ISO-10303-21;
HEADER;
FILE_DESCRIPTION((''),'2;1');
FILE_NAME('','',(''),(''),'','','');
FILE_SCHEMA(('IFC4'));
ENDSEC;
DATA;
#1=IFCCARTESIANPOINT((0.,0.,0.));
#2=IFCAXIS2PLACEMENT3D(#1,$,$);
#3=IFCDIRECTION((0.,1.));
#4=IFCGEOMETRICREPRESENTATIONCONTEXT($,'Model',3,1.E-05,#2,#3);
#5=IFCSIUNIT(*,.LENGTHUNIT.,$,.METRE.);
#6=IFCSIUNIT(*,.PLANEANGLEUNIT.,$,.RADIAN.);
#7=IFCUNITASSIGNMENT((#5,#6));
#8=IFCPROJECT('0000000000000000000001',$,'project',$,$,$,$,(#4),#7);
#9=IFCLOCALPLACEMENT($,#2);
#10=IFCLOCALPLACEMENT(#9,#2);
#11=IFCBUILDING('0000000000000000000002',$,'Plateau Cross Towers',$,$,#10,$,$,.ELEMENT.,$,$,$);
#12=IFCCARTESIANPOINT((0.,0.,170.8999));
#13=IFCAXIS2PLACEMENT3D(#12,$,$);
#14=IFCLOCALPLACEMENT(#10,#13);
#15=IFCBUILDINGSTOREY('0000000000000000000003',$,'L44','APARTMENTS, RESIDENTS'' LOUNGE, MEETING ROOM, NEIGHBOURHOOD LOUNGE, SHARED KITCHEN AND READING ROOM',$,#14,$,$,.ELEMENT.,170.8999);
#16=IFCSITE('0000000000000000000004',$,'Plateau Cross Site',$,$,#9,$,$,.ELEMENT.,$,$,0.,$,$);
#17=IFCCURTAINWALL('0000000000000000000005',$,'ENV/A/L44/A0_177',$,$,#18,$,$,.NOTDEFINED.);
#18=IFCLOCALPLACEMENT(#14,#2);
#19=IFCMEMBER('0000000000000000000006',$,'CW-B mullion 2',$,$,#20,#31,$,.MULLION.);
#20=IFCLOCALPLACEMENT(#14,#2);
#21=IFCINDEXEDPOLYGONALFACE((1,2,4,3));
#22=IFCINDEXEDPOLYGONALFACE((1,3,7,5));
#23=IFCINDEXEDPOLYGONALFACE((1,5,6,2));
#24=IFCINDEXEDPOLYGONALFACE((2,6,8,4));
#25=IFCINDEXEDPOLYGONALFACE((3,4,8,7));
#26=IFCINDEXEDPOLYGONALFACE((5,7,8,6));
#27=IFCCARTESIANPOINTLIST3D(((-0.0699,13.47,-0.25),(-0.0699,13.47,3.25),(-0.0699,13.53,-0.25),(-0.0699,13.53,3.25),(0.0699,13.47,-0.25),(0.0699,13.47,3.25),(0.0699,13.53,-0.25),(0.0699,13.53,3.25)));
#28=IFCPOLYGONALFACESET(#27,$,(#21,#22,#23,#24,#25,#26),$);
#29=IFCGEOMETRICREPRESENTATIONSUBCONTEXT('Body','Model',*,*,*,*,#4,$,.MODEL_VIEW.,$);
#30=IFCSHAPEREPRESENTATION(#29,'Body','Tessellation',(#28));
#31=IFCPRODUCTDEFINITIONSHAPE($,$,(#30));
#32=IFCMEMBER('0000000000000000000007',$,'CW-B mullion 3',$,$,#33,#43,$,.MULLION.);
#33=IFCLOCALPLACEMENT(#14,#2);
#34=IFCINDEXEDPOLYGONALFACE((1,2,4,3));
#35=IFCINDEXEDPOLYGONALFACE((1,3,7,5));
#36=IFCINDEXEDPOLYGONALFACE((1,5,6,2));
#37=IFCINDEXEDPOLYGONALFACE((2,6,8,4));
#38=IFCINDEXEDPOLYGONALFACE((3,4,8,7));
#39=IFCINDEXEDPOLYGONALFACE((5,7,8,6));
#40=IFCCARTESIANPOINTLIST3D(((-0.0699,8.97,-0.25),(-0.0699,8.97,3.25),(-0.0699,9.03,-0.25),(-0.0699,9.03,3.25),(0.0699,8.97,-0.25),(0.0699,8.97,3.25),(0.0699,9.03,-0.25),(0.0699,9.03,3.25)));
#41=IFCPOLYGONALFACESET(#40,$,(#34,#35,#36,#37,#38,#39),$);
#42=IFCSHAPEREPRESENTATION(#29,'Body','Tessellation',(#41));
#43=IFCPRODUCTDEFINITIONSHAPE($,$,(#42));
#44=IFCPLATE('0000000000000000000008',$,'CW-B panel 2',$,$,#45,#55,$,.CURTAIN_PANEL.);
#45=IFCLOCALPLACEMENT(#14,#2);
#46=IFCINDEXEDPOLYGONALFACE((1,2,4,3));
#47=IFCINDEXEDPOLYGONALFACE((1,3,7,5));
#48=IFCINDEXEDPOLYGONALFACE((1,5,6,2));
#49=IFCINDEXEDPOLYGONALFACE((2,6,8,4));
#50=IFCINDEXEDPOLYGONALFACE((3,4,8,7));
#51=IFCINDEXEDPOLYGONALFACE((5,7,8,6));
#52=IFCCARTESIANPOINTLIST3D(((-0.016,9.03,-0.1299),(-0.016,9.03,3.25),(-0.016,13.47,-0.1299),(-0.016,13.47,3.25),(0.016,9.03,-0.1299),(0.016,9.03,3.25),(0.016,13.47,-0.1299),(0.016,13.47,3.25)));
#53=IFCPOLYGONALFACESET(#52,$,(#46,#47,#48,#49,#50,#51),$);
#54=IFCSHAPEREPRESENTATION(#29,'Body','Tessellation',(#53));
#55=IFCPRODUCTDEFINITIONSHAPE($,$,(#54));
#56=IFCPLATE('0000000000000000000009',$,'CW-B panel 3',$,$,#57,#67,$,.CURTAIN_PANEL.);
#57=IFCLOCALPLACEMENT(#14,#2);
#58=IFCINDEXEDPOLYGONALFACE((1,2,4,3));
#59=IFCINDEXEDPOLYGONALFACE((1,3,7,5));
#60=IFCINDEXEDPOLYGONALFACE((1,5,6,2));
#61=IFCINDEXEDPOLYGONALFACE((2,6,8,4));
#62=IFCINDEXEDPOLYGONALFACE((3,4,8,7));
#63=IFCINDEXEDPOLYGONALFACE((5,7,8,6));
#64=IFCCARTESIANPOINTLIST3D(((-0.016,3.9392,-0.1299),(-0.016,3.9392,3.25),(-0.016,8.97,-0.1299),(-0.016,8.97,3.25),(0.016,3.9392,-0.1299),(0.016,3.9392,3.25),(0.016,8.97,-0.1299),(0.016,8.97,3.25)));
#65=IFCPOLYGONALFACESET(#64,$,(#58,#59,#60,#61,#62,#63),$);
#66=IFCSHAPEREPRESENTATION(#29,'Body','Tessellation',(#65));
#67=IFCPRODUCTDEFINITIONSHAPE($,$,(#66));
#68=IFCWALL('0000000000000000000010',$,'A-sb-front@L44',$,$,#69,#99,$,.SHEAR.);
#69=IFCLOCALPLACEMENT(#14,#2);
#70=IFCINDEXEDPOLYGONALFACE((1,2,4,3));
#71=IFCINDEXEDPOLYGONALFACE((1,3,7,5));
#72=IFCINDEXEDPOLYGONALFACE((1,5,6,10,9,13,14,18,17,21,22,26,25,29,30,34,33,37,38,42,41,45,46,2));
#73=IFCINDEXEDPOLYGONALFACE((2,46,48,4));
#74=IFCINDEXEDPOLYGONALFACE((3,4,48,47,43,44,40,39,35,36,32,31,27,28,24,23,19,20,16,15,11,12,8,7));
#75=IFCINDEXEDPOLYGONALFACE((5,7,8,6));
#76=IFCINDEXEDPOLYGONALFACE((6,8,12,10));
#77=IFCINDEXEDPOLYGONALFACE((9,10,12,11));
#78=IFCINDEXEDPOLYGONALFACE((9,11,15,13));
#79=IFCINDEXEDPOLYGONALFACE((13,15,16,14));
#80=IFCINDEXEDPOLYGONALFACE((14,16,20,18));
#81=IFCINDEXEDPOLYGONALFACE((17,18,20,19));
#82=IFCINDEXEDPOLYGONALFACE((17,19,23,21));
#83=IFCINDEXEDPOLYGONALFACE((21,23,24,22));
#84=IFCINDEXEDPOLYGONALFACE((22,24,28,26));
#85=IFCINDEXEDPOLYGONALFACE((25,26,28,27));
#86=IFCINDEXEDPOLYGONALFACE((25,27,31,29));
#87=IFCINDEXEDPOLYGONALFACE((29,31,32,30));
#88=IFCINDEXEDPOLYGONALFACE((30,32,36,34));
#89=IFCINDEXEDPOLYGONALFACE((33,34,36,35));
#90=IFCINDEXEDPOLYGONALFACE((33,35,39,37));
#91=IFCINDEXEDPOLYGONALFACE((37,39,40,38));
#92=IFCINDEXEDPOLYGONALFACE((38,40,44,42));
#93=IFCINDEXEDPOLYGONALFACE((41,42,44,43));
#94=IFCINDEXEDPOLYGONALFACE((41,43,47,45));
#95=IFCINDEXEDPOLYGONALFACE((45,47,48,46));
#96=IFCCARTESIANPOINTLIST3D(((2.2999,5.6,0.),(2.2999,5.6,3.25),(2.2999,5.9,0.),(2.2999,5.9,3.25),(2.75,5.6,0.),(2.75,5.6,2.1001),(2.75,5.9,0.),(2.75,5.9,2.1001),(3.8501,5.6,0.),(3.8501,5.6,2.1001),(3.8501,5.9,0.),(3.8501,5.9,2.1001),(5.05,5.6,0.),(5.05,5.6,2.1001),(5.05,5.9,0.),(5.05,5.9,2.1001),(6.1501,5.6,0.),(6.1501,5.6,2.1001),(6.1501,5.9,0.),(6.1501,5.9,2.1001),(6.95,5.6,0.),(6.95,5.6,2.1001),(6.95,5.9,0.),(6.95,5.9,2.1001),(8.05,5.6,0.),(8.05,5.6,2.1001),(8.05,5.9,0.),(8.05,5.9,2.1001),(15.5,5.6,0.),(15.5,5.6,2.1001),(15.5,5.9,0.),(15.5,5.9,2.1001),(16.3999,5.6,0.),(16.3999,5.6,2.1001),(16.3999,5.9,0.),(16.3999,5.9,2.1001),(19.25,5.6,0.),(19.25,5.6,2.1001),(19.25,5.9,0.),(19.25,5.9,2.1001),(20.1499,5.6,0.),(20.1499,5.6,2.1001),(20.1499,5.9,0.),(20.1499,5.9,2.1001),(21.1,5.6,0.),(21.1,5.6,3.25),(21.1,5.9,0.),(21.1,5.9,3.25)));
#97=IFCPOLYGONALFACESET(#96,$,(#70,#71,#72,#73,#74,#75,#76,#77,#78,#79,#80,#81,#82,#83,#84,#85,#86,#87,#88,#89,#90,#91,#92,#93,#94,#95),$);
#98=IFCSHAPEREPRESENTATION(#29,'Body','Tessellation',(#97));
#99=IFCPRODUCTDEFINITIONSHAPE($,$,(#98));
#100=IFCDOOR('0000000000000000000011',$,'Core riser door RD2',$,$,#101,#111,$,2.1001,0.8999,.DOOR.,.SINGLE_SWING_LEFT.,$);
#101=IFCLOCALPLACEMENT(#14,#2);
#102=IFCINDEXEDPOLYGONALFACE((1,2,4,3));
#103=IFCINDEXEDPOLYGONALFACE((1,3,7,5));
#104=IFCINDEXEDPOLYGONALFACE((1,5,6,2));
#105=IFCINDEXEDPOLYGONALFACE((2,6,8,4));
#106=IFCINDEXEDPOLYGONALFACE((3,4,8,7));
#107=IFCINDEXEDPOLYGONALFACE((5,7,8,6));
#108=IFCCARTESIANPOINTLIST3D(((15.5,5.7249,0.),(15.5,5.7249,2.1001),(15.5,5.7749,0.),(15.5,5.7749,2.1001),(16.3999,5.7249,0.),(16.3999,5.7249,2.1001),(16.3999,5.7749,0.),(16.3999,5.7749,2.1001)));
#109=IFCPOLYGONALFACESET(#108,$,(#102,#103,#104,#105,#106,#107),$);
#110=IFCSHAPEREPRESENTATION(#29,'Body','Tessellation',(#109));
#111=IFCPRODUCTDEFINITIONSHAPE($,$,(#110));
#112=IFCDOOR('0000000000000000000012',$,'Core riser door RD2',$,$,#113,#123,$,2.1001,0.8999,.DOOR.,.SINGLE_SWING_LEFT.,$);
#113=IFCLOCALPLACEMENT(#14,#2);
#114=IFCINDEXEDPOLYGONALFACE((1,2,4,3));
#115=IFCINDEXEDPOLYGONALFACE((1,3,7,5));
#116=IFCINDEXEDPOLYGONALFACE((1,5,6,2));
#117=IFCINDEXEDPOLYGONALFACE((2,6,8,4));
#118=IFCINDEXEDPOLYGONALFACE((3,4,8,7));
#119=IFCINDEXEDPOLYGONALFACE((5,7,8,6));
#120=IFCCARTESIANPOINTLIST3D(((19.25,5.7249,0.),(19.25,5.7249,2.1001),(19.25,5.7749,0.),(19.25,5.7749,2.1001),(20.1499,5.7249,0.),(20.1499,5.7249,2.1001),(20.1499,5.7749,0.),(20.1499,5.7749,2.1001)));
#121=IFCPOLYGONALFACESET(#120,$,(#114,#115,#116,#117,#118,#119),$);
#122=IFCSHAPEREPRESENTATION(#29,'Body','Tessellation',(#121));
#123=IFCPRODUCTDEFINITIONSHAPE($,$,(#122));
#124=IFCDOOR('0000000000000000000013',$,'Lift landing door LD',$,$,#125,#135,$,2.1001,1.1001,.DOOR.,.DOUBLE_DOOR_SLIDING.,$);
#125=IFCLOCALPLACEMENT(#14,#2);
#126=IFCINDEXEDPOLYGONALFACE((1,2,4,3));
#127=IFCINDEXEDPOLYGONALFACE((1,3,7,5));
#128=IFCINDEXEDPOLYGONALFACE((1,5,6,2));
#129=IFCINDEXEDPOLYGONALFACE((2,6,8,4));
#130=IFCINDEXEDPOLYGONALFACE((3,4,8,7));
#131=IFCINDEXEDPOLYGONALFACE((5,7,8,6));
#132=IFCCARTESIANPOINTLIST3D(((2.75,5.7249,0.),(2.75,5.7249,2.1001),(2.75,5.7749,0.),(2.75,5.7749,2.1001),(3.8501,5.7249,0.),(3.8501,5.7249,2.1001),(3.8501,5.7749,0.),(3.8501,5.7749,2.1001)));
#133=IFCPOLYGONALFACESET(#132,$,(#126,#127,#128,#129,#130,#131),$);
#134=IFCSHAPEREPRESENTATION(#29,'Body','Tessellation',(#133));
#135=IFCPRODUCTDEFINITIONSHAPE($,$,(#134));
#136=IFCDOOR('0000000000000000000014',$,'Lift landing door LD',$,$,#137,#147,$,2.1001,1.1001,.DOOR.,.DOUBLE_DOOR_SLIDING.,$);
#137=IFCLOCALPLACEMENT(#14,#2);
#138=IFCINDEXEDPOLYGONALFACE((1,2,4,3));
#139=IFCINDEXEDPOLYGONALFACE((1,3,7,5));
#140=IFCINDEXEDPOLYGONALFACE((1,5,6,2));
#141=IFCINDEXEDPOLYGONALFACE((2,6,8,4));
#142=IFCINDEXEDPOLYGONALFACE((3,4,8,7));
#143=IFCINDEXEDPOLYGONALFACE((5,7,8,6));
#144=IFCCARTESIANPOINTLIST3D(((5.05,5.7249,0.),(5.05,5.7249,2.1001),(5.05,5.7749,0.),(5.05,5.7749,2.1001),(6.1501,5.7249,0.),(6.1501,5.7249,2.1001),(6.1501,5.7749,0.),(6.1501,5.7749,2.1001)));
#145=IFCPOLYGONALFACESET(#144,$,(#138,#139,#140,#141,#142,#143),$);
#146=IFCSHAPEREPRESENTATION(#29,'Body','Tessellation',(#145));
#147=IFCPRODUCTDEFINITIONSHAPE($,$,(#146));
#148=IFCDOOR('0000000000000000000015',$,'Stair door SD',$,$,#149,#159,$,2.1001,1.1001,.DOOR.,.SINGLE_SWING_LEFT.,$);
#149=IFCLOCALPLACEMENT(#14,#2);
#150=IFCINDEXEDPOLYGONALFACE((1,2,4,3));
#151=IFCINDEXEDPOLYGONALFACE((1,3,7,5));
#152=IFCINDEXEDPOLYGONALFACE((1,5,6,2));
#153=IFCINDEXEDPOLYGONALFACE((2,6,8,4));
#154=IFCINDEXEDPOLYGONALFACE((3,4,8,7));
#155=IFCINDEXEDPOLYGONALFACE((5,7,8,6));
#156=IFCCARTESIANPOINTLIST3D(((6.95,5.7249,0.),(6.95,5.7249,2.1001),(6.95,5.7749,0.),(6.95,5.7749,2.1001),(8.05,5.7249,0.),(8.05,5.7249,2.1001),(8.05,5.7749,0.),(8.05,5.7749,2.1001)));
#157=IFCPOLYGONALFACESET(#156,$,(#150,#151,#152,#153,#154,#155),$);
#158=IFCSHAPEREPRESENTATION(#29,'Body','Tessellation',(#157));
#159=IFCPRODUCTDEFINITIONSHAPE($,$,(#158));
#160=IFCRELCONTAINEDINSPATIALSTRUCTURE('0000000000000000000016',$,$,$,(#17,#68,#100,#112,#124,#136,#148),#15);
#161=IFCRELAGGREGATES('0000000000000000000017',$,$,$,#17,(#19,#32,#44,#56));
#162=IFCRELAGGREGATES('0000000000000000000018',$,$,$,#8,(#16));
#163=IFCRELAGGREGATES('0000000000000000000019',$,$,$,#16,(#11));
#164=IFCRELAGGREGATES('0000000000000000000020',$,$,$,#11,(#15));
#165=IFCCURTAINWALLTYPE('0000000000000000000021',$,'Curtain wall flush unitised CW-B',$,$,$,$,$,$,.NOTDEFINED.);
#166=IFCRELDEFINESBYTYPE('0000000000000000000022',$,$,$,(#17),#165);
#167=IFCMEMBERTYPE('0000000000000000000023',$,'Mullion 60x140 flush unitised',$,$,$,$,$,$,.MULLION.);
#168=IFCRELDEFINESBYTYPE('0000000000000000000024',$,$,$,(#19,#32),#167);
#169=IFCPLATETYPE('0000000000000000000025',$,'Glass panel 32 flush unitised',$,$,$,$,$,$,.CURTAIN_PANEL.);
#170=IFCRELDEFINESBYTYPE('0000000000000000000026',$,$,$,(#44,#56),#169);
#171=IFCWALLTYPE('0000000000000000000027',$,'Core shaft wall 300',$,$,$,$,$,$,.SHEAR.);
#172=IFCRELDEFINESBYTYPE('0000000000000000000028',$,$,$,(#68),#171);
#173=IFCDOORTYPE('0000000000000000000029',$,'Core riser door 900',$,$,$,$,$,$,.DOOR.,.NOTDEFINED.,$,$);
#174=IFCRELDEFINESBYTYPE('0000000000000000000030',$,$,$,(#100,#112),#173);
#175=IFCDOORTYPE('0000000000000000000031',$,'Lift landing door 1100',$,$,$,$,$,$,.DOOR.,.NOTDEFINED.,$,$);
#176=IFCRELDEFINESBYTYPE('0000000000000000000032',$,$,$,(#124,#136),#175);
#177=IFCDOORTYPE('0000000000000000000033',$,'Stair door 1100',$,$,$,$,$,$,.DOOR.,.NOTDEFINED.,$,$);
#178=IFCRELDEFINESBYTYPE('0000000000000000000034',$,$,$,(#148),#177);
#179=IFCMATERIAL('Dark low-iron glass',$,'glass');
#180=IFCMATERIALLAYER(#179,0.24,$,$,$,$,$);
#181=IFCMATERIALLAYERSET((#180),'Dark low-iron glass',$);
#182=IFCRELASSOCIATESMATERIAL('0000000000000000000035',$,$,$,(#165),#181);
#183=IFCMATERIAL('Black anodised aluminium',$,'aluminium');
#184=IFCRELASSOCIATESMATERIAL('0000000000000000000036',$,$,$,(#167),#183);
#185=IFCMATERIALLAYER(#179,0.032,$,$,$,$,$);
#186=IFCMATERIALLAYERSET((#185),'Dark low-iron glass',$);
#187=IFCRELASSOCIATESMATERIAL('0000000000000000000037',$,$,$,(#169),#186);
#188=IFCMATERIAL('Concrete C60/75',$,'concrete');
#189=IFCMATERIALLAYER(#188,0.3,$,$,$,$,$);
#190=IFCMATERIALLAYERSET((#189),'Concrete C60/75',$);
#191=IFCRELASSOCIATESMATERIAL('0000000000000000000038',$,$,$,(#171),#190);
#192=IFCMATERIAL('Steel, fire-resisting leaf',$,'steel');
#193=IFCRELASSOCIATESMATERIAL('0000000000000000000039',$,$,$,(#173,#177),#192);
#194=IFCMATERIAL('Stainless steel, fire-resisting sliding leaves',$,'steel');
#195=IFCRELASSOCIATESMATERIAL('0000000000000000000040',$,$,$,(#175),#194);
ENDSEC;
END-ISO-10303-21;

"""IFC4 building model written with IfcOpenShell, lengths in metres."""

from ifc_helpers import new_model, si_unit, direction, frame, frame_2d, origin, origin_2d, place, context, subcontext, project, spatial, rectangle, extrude, material, layer, layer_set, material_profile, profile_set, type_object, element, fill, aggregate, save


model = new_model("IFC4")

# Units and contexts
model_context = context("Model", 3, precision=1e-05, world=origin(), true_north=direction((0.0, 1.0)))
body_context = subcontext(model_context, "Body", "Model", "MODEL_VIEW")
ifc_project = project(units=[si_unit("LENGTHUNIT", "METRE"), si_unit("PLANEANGLEUNIT", "RADIAN")], contexts=[model_context])

# Site, building, storey
site_placement = place(None, origin())
site = spatial("IfcSite", under=ifc_project, at=site_placement, Name="Plateau Cross Site", CompositionType="ELEMENT", RefElevation=0.0)
building_placement = place(site_placement, origin())
building = spatial("IfcBuilding", under=site, at=building_placement, Name="Plateau Cross Towers", CompositionType="ELEMENT")
storey_placement = place(building_placement, frame((0.0, 0.0, 170.8999)))
storey = spatial("IfcBuildingStorey", under=building, at=storey_placement, Name="L44", Description="APARTMENTS, RESIDENTS' LOUNGE, MEETING ROOM, NEIGHBOURHOOD LOUNGE, SHARED KITCHEN AND READING ROOM", CompositionType="ELEMENT", Elevation=170.8999)

# Curtain wall, members, plates
ifc_material_1 = material(Name="Dark low-iron glass", Category="glass")
ifc_layer_1 = layer(ifc_material_1, 0.24)
ifc_layer_set_1 = layer_set([ifc_layer_1], Name="Dark low-iron glass")
curtain_wall_type = type_object("IfcCurtainWallType", Name="Curtain wall flush unitised CW-B", PredefinedType="NOTDEFINED", material=ifc_layer_set_1)
curtain_wall_placement = place(storey_placement, origin())
curtain_wall = element("IfcCurtainWall", 1, at=curtain_wall_placement, inside=storey, type_object=curtain_wall_type, Name="ENV/A/L44/A0_177", PredefinedType="NOTDEFINED")
ifc_material_2 = material(Name="Black anodised aluminium", Category="aluminium")
ifc_material_profile = material_profile(ifc_material_2, rectangle(XDim=0.0601, YDim=0.1399, at=origin_2d()), Name="MULLION 60x140")
ifc_profile_set = profile_set([ifc_material_profile], Name="Black anodised aluminium")
member_type = type_object("IfcMemberType", Name="Mullion 60x140 flush unitised", PredefinedType="MULLION", material=ifc_profile_set)
member_1_placement = place(storey_placement, frame((0.0, 13.5, -0.25), z_axis=(0.0, 0.0, 1.0), x_axis=(0.0, -1.0, 0.0)))
member_1 = element("IfcMember", 2, at=member_1_placement, type_object=member_type, Name="CW-B mullion 2", PredefinedType="MULLION", context=body_context, shape_type="SweptSolid", body=[
    extrude(rectangle(XDim=0.0601, YDim=0.1399, at=origin_2d()), origin(), (0.0, 0.0, 1.0), 3.5),
])
member_2_placement = place(storey_placement, frame((0.0, 9.0, -0.25), z_axis=(0.0, 0.0, 1.0), x_axis=(0.0, -1.0, 0.0)))
member_2 = element("IfcMember", 3, at=member_2_placement, type_object=member_type, Name="CW-B mullion 3", PredefinedType="MULLION", context=body_context, shape_type="SweptSolid", body=[
    extrude(rectangle(XDim=0.0601, YDim=0.1399, at=origin_2d()), origin(), (0.0, 0.0, 1.0), 3.5),
])
ifc_layer_2 = layer(ifc_material_1, 0.032)
ifc_layer_set_2 = layer_set([ifc_layer_2], Name="Dark low-iron glass")
plate_type = type_object("IfcPlateType", Name="Glass panel 32 flush unitised", PredefinedType="CURTAIN_PANEL", material=ifc_layer_set_2)
plate_1_placement = place(storey_placement, frame((0.0, 11.25, -0.1299), z_axis=(0.0, 0.0, 1.0), x_axis=(0.0, -1.0, 0.0)))
plate_1 = element("IfcPlate", 4, at=plate_1_placement, type_object=plate_type, Name="CW-B panel 2", PredefinedType="CURTAIN_PANEL", context=body_context, shape_type="SweptSolid", body=[
    extrude(rectangle(XDim=4.4399, YDim=0.032, at=origin_2d()), origin(), (0.0, 0.0, 1.0), 3.3799),
])
plate_2_placement = place(storey_placement, frame((0.0, 6.4546, -0.1299), z_axis=(0.0, 0.0, 1.0), x_axis=(0.0, -1.0, 0.0)))
plate_2 = element("IfcPlate", 5, at=plate_2_placement, type_object=plate_type, Name="CW-B panel 3", PredefinedType="CURTAIN_PANEL", context=body_context, shape_type="SweptSolid", body=[
    extrude(rectangle(XDim=5.0308, YDim=0.032, at=origin_2d()), origin(), (0.0, 0.0, 1.0), 3.3799),
])
aggregate(curtain_wall, [member_1, member_2, plate_1, plate_2])

# Wall, openings, doors
ifc_material_3 = material(Name="Concrete C60/75", Category="concrete")
ifc_layer_3 = layer(ifc_material_3, 0.3)
ifc_layer_set_3 = layer_set([ifc_layer_3], Name="Concrete C60/75")
wall_type = type_object("IfcWallType", Name="Core shaft wall 300", PredefinedType="SHEAR", material=ifc_layer_set_3)
wall_1_placement = place(storey_placement, frame((2.3, 5.75, 0.0), z_axis=(0.0, 0.0, 1.0), x_axis=(1.0, 0.0, 0.0)))
wall_1 = element("IfcWall", 6, at=wall_1_placement, inside=storey, type_object=wall_type, Name="A-sb-front@L44", PredefinedType="SHEAR", context=body_context, shape_type="SweptSolid", body=[
    extrude(rectangle(XDim=18.8, YDim=0.3, at=frame_2d((9.3999, 0.0))), origin(), (0.0, 0.0, 1.0), 3.25),
])
opening_1_placement = place(wall_1_placement, frame((4.6499, 0.0, 0.0)))
opening_1 = element("IfcOpeningElement", 7, at=opening_1_placement, cuts=wall_1, PredefinedType="OPENING", context=body_context, shape_type="SweptSolid", body=[
    extrude(rectangle(XDim=1.1001, YDim=2.1001, at=frame_2d((0.55, 1.05))), frame((0.0, 0.1599, 0.0), z_axis=(0.0, -1.0, 0.0), x_axis=(1.0, 0.0, 0.0)), (0.0, 0.0, 1.0), 0.3201),
])
opening_2_placement = place(wall_1_placement, frame((0.45, 0.0, 0.0)))
opening_2 = element("IfcOpeningElement", 8, at=opening_2_placement, cuts=wall_1, PredefinedType="OPENING", context=body_context, shape_type="SweptSolid", body=[
    extrude(rectangle(XDim=1.1001, YDim=2.1001, at=frame_2d((0.55, 1.05))), frame((0.0, 0.1599, 0.0), z_axis=(0.0, -1.0, 0.0), x_axis=(1.0, 0.0, 0.0)), (0.0, 0.0, 1.0), 0.3201),
])
opening_3_placement = place(wall_1_placement, frame((2.75, 0.0, 0.0)))
opening_3 = element("IfcOpeningElement", 9, at=opening_3_placement, cuts=wall_1, PredefinedType="OPENING", context=body_context, shape_type="SweptSolid", body=[
    extrude(rectangle(XDim=1.1001, YDim=2.1001, at=frame_2d((0.55, 1.05))), frame((0.0, 0.1599, 0.0), z_axis=(0.0, -1.0, 0.0), x_axis=(1.0, 0.0, 0.0)), (0.0, 0.0, 1.0), 0.3201),
])
opening_4_placement = place(wall_1_placement, frame((13.2, 0.0, 0.0)))
opening_4 = element("IfcOpeningElement", 10, at=opening_4_placement, cuts=wall_1, PredefinedType="OPENING", context=body_context, shape_type="SweptSolid", body=[
    extrude(rectangle(XDim=0.8999, YDim=2.1001, at=frame_2d((0.45, 1.05))), frame((0.0, 0.1599, 0.0), z_axis=(0.0, -1.0, 0.0), x_axis=(1.0, 0.0, 0.0)), (0.0, 0.0, 1.0), 0.3201),
])
opening_5_placement = place(wall_1_placement, frame((16.95, 0.0, 0.0)))
opening_5 = element("IfcOpeningElement", 11, at=opening_5_placement, cuts=wall_1, PredefinedType="OPENING", context=body_context, shape_type="SweptSolid", body=[
    extrude(rectangle(XDim=0.8999, YDim=2.1001, at=frame_2d((0.45, 1.05))), frame((0.0, 0.1599, 0.0), z_axis=(0.0, -1.0, 0.0), x_axis=(1.0, 0.0, 0.0)), (0.0, 0.0, 1.0), 0.3201),
])
ifc_material_4 = material(Name="Steel, fire-resisting leaf", Category="steel")
door_type_1 = type_object("IfcDoorType", Name="Core riser door 900", OperationType="NOTDEFINED", PredefinedType="DOOR", material=ifc_material_4)
door_1_placement = place(opening_4_placement, origin())
door_1 = element("IfcDoor", 12, at=door_1_placement, inside=storey, type_object=door_type_1, Name="Core riser door RD2", OperationType="SINGLE_SWING_LEFT", OverallHeight=2.1001, OverallWidth=0.8999, PredefinedType="DOOR", context=body_context, shape_type="SweptSolid", body=[
    extrude(rectangle(XDim=0.8999, YDim=2.1001, at=frame_2d((0.45, 1.05))), frame((0.0, 0.0249, 0.0), z_axis=(0.0, -1.0, 0.0), x_axis=(1.0, 0.0, 0.0)), (0.0, 0.0, 1.0), 0.05),
])
fill(opening_4, door_1)
door_2_placement = place(opening_5_placement, origin())
door_2 = element("IfcDoor", 13, at=door_2_placement, inside=storey, type_object=door_type_1, Name="Core riser door RD2", OperationType="SINGLE_SWING_LEFT", OverallHeight=2.1001, OverallWidth=0.8999, PredefinedType="DOOR", context=body_context, shape_type="SweptSolid", body=[
    extrude(rectangle(XDim=0.8999, YDim=2.1001, at=frame_2d((0.45, 1.05))), frame((0.0, 0.0249, 0.0), z_axis=(0.0, -1.0, 0.0), x_axis=(1.0, 0.0, 0.0)), (0.0, 0.0, 1.0), 0.05),
])
fill(opening_5, door_2)
ifc_material_5 = material(Name="Stainless steel, fire-resisting sliding leaves", Category="steel")
door_type_2 = type_object("IfcDoorType", Name="Lift landing door 1100", OperationType="NOTDEFINED", PredefinedType="DOOR", material=ifc_material_5)
door_3_placement = place(opening_2_placement, origin())
door_3 = element("IfcDoor", 14, at=door_3_placement, inside=storey, type_object=door_type_2, Name="Lift landing door LD", OperationType="DOUBLE_DOOR_SLIDING", OverallHeight=2.1001, OverallWidth=1.1001, PredefinedType="DOOR", context=body_context, shape_type="SweptSolid", body=[
    extrude(rectangle(XDim=1.1001, YDim=2.1001, at=frame_2d((0.55, 1.05))), frame((0.0, 0.0249, 0.0), z_axis=(0.0, -1.0, 0.0), x_axis=(1.0, 0.0, 0.0)), (0.0, 0.0, 1.0), 0.05),
])
fill(opening_2, door_3)
door_4_placement = place(opening_3_placement, origin())
door_4 = element("IfcDoor", 15, at=door_4_placement, inside=storey, type_object=door_type_2, Name="Lift landing door LD", OperationType="DOUBLE_DOOR_SLIDING", OverallHeight=2.1001, OverallWidth=1.1001, PredefinedType="DOOR", context=body_context, shape_type="SweptSolid", body=[
    extrude(rectangle(XDim=1.1001, YDim=2.1001, at=frame_2d((0.55, 1.05))), frame((0.0, 0.0249, 0.0), z_axis=(0.0, -1.0, 0.0), x_axis=(1.0, 0.0, 0.0)), (0.0, 0.0, 1.0), 0.05),
])
fill(opening_3, door_4)
door_type_3 = type_object("IfcDoorType", Name="Stair door 1100", OperationType="NOTDEFINED", PredefinedType="DOOR", material=ifc_material_4)
door_5_placement = place(opening_1_placement, origin())
door_5 = element("IfcDoor", 16, at=door_5_placement, inside=storey, type_object=door_type_3, Name="Stair door SD", OperationType="SINGLE_SWING_LEFT", OverallHeight=2.1001, OverallWidth=1.1001, PredefinedType="DOOR", context=body_context, shape_type="SweptSolid", body=[
    extrude(rectangle(XDim=1.1001, YDim=2.1001, at=frame_2d((0.55, 1.05))), frame((0.0, 0.0249, 0.0), z_axis=(0.0, -1.0, 0.0), x_axis=(1.0, 0.0, 0.0)), (0.0, 0.0, 1.0), 0.05),
])
fill(opening_1, door_5)

save(model, "model.ifc")
